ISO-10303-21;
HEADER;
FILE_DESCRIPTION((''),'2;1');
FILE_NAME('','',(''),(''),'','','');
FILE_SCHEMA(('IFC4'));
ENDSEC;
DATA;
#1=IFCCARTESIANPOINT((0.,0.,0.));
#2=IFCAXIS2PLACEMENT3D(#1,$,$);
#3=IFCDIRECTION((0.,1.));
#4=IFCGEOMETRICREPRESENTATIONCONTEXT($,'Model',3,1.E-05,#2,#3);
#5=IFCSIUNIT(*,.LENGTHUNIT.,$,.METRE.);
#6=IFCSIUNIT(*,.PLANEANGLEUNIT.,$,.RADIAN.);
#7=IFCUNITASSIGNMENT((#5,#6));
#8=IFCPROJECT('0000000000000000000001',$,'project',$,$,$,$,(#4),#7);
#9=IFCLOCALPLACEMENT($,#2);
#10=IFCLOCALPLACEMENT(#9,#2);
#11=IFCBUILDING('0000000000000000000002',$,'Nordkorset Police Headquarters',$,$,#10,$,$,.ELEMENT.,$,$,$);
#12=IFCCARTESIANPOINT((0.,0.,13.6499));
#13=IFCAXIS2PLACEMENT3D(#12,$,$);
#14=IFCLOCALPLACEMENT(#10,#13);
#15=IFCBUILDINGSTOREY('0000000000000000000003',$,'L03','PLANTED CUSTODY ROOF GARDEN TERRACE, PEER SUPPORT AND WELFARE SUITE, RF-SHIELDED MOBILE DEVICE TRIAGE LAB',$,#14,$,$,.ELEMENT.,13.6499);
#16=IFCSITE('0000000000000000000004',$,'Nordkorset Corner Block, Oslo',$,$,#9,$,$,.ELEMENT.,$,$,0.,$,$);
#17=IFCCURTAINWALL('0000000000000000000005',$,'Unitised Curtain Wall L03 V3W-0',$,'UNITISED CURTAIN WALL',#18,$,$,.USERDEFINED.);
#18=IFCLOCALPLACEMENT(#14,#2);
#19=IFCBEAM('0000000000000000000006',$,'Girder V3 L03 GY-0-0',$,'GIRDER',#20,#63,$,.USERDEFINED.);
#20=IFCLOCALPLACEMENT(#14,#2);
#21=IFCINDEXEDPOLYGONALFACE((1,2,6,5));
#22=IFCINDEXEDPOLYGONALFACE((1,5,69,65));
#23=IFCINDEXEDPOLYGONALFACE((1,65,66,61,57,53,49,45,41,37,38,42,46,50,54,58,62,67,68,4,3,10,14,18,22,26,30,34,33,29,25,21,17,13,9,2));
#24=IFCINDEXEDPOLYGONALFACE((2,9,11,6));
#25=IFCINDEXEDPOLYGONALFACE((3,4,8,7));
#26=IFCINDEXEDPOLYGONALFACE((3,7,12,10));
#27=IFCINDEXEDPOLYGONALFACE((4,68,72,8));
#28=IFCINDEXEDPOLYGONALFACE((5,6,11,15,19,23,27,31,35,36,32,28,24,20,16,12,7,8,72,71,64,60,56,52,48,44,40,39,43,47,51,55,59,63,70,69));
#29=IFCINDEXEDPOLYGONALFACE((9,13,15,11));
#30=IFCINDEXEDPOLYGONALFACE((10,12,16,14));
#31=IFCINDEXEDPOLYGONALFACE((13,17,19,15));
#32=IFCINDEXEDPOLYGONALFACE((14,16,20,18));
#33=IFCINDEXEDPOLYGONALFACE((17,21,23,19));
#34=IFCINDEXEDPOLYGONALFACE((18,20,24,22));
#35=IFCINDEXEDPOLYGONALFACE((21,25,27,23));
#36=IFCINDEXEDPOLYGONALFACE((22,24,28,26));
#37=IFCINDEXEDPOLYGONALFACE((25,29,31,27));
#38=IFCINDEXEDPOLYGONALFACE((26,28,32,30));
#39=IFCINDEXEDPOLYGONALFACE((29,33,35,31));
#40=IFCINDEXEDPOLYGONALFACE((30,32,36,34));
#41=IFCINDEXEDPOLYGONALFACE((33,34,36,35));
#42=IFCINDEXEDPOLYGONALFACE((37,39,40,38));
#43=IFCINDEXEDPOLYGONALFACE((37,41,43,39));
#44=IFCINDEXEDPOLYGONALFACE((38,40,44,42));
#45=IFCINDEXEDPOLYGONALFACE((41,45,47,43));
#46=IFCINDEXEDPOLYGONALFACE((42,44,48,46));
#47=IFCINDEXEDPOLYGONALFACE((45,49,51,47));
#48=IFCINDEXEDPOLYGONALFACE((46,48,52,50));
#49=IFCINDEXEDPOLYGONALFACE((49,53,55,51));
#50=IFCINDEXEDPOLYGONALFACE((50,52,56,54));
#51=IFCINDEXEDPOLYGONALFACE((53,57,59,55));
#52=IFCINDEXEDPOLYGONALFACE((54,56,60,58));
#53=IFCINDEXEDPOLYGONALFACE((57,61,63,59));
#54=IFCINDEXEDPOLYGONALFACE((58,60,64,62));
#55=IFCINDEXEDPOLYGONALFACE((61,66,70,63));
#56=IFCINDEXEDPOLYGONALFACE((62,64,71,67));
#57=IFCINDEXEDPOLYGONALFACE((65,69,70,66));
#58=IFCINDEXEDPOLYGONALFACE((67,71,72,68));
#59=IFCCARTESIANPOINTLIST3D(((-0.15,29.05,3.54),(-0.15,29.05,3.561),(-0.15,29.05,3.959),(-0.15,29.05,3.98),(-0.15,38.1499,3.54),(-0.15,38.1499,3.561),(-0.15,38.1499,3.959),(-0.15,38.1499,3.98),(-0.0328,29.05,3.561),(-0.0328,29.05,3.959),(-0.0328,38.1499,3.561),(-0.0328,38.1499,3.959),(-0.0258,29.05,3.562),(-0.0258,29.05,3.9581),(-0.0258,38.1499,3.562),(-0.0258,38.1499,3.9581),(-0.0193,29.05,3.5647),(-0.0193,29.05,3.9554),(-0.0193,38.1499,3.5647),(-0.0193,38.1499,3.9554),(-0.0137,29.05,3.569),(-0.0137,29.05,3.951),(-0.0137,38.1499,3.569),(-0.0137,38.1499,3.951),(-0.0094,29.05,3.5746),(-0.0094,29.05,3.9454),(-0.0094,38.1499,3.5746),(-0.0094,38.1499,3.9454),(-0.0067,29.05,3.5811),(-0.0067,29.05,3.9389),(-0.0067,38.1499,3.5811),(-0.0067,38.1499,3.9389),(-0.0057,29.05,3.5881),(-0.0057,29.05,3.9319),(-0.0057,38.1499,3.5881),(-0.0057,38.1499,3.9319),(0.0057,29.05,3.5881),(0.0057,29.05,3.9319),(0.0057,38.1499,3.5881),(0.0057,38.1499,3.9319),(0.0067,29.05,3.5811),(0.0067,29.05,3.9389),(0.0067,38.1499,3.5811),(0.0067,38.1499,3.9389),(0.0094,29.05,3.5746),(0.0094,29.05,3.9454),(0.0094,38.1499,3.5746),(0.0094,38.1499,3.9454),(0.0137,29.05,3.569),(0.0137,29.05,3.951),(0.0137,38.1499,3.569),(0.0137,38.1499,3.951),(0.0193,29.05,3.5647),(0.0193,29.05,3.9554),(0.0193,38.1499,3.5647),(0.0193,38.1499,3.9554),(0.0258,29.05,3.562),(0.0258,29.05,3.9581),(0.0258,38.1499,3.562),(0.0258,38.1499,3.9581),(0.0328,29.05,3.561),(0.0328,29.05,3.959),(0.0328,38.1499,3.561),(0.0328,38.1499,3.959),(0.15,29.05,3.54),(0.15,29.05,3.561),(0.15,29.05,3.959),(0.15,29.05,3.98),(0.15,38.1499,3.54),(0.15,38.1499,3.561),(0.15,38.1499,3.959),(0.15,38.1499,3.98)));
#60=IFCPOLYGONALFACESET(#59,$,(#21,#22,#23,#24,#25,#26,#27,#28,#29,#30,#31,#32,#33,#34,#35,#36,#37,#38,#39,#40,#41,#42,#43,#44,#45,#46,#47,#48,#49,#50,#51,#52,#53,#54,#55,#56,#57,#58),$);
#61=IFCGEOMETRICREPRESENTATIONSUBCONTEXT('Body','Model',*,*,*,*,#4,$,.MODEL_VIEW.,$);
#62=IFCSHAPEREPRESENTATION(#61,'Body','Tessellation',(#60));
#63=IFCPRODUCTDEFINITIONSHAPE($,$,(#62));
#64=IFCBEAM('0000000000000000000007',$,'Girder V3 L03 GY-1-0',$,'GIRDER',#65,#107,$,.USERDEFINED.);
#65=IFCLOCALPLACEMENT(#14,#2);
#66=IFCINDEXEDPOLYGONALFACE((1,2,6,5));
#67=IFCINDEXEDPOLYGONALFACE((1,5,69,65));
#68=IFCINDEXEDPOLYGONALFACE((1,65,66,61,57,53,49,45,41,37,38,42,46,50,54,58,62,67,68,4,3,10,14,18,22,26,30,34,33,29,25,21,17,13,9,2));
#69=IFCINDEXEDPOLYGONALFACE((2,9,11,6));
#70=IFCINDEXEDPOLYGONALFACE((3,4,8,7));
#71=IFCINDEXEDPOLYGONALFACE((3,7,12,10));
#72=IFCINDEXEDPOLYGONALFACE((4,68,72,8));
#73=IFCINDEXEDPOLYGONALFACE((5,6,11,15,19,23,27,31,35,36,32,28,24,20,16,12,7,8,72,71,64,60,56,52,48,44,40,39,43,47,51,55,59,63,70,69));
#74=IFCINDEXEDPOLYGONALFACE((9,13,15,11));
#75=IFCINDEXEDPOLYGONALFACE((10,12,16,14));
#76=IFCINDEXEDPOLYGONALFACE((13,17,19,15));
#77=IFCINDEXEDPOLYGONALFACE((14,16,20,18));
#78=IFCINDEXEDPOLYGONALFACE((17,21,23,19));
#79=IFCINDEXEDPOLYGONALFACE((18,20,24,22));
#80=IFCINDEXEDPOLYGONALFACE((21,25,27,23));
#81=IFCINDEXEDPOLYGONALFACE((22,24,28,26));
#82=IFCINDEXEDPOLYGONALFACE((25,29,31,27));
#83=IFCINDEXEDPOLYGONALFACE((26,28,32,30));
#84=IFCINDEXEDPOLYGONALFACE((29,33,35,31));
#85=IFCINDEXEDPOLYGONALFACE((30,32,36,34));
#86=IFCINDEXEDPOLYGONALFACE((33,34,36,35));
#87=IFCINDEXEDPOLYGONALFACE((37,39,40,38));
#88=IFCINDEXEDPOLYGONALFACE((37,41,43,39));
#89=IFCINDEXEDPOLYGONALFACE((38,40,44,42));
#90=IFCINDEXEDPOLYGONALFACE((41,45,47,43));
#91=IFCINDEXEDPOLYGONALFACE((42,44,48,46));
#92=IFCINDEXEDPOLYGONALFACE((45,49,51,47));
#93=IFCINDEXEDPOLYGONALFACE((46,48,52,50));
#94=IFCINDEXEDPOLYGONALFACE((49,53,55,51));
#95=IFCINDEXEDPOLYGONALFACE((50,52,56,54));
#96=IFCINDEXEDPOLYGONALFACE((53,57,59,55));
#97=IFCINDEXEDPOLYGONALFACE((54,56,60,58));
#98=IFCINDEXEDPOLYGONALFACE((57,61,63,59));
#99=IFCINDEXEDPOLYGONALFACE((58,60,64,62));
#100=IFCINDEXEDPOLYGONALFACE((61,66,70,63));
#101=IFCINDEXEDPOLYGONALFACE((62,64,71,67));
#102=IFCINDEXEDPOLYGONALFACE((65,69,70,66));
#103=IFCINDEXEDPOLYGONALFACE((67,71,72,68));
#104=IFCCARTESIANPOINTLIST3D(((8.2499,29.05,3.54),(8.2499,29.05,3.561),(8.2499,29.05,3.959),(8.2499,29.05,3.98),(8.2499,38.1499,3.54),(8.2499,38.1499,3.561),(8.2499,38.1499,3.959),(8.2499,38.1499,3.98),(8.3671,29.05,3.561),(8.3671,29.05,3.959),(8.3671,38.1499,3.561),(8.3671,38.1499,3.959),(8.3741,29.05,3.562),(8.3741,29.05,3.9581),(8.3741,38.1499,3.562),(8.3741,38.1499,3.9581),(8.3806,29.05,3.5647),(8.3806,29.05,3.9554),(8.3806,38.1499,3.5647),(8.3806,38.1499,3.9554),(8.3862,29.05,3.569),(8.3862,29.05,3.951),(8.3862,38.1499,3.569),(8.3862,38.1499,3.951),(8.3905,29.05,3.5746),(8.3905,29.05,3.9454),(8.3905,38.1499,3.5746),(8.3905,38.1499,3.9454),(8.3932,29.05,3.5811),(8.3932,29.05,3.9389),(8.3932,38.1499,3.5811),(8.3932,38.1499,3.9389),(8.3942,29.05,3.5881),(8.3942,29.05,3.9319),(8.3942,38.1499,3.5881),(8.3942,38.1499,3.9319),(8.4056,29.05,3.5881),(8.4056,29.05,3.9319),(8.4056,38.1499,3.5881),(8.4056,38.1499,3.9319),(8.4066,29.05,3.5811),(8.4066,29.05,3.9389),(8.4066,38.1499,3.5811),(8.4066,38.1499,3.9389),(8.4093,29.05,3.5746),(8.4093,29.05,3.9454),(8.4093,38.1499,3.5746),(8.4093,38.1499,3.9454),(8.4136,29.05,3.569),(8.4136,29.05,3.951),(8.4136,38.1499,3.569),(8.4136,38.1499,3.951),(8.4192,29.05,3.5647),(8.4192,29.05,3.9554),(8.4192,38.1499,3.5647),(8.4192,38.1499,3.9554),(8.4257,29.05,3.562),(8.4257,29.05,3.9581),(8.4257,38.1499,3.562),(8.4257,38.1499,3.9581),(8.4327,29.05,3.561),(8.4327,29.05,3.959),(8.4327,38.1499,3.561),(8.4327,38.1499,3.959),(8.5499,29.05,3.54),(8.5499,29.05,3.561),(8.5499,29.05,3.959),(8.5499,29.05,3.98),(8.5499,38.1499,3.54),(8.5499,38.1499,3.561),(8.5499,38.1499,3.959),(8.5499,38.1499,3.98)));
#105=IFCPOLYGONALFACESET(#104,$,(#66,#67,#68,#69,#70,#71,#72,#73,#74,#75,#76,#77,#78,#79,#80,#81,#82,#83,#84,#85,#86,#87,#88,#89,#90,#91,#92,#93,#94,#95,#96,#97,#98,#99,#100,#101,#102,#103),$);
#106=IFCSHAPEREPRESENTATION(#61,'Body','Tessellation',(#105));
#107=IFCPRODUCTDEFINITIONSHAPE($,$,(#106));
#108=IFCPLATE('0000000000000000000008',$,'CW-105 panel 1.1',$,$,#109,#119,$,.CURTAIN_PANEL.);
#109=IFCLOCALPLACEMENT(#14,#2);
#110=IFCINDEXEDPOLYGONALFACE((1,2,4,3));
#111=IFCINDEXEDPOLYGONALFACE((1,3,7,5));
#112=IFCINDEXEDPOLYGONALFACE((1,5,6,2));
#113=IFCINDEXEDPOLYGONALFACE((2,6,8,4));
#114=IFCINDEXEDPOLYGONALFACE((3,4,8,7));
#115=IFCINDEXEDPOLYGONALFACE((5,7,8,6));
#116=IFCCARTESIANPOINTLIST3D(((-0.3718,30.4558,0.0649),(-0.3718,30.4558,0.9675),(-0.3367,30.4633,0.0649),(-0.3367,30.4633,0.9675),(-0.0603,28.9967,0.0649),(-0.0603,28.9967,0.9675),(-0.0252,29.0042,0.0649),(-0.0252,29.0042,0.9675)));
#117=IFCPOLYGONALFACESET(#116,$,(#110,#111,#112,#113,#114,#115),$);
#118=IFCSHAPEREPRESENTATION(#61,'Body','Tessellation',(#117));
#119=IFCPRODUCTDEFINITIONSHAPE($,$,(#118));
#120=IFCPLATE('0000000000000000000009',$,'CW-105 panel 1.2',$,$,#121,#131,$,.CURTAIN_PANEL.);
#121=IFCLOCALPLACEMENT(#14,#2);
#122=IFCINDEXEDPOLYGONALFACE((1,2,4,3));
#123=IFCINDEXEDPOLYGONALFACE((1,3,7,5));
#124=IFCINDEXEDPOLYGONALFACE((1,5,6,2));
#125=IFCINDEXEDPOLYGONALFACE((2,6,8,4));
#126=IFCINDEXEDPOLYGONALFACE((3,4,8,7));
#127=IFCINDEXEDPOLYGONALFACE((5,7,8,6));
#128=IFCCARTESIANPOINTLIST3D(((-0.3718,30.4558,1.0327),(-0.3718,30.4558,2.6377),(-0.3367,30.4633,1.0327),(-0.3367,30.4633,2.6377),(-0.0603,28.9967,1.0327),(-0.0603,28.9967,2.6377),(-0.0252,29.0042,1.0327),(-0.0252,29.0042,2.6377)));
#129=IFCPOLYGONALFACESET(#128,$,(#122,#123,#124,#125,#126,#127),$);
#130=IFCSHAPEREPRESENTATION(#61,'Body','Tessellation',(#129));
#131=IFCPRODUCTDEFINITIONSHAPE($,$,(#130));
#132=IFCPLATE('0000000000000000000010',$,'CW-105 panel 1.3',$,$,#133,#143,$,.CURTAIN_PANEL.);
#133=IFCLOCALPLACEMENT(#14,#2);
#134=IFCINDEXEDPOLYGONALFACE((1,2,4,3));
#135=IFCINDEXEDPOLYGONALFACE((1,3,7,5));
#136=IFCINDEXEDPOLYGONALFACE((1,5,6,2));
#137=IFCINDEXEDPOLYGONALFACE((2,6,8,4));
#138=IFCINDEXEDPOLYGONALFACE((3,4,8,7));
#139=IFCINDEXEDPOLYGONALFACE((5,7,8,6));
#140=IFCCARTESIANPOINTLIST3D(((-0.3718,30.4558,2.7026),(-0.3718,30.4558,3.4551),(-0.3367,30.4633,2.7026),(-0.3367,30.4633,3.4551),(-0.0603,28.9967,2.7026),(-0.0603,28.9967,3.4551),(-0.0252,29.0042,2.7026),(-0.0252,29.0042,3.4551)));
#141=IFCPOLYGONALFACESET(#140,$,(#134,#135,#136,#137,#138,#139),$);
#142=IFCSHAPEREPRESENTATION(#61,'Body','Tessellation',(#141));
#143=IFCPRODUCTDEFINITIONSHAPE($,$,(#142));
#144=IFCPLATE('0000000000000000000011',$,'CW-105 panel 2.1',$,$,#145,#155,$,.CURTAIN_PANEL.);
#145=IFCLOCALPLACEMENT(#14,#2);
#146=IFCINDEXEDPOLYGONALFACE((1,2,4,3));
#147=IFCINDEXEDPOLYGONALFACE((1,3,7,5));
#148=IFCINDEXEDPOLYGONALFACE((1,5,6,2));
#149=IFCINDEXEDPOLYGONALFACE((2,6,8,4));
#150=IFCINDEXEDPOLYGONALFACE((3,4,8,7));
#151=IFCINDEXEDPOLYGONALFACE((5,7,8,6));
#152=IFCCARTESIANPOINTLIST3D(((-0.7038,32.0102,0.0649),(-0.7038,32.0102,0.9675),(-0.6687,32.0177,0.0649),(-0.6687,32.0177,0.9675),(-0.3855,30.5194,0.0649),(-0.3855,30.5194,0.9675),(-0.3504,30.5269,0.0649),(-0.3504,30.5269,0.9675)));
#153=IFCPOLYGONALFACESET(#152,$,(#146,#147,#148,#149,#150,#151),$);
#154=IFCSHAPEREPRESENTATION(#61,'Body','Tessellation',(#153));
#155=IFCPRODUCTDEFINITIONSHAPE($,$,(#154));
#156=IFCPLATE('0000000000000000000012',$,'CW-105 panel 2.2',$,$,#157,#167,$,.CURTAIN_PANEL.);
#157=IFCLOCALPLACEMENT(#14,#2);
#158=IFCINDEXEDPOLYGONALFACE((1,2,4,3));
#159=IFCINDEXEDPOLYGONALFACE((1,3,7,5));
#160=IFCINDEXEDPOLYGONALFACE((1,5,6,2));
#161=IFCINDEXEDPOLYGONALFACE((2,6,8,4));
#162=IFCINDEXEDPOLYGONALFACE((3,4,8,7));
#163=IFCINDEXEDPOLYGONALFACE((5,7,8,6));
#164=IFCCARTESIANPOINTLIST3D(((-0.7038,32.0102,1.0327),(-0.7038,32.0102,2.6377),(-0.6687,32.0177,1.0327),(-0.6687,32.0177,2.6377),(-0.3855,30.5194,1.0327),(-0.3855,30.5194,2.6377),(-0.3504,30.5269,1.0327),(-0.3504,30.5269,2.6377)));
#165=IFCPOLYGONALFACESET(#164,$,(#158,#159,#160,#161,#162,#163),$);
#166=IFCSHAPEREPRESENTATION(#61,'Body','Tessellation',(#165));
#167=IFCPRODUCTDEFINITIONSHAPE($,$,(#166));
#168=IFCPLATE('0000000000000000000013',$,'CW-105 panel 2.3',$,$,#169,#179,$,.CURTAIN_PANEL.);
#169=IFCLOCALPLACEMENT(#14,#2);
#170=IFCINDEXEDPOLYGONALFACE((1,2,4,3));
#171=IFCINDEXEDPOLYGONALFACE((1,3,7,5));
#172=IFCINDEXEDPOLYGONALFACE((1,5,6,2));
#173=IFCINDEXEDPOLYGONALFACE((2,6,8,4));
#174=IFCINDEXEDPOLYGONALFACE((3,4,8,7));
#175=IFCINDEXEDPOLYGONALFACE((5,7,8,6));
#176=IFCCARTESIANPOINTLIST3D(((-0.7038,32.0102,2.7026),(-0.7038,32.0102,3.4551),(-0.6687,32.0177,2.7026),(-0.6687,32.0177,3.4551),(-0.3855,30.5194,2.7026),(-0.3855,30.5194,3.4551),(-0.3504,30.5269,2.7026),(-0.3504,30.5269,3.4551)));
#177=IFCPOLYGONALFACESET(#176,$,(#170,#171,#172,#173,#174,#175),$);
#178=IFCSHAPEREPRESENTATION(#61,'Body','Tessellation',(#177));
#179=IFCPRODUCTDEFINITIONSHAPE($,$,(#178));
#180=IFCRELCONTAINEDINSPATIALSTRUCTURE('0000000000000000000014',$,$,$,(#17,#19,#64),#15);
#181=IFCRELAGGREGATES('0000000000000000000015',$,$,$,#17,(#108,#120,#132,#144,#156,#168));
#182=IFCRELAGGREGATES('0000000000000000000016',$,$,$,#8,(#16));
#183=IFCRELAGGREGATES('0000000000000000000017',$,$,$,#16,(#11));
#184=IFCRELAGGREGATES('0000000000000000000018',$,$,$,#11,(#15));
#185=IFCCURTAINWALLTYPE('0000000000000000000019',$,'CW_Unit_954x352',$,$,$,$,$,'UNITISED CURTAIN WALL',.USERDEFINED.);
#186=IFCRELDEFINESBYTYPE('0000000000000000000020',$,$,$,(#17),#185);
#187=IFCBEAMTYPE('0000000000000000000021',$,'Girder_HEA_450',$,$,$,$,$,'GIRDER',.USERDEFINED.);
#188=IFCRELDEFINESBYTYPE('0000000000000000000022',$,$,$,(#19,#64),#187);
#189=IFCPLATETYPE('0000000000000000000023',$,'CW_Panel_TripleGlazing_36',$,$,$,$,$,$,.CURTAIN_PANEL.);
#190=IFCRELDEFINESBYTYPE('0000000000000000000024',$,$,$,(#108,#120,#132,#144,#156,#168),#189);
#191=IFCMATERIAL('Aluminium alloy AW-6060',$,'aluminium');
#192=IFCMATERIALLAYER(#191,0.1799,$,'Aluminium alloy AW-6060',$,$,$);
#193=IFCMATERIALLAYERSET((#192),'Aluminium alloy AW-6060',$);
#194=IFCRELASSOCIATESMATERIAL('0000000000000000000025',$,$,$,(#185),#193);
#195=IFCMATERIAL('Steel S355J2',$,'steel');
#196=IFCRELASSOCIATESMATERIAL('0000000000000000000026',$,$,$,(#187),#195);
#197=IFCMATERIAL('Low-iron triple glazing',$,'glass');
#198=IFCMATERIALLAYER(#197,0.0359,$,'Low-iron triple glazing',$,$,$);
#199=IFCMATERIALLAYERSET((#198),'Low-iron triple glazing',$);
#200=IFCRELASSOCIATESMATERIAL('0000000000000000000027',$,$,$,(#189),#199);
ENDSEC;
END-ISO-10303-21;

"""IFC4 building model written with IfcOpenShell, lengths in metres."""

from ifc_helpers import new_model, si_unit, direction, frame, origin, origin_2d, place, context, subcontext, project, spatial, rectangle, i_section, extrude, material, layer, layer_set, material_profile, profile_set, type_object, element, aggregate, save


model = new_model("IFC4")

# Units and contexts
model_context = context("Model", 3, precision=1e-05, world=origin(), true_north=direction((0.0, 1.0)))
body_context = subcontext(model_context, "Body", "Model", "MODEL_VIEW")
ifc_project = project(units=[si_unit("LENGTHUNIT", "METRE"), si_unit("PLANEANGLEUNIT", "RADIAN")], contexts=[model_context])

# Site, building, storey
site_placement = place(None, origin())
site = spatial("IfcSite", under=ifc_project, at=site_placement, Name="Nordkorset Corner Block, Oslo", CompositionType="ELEMENT", RefElevation=0.0)
building_placement = place(site_placement, origin())
building = spatial("IfcBuilding", under=site, at=building_placement, Name="Nordkorset Police Headquarters", CompositionType="ELEMENT")
storey_placement = place(building_placement, frame((0.0, 0.0, 13.6499)))
storey = spatial("IfcBuildingStorey", under=building, at=storey_placement, Name="L03", Description="PLANTED CUSTODY ROOF GARDEN TERRACE, PEER SUPPORT AND WELFARE SUITE, RF-SHIELDED MOBILE DEVICE TRIAGE LAB", CompositionType="ELEMENT", Elevation=13.6499)

# Curtain wall
ifc_material_1 = material(Name="Aluminium alloy AW-6060", Category="aluminium")
ifc_layer_1 = layer(ifc_material_1, 0.1799, Name="Aluminium alloy AW-6060")
ifc_layer_set_1 = layer_set([ifc_layer_1], Name="Aluminium alloy AW-6060")
curtain_wall_type = type_object("IfcCurtainWallType", Name="CW_Unit_954x352", ElementType="UNITISED CURTAIN WALL", PredefinedType="USERDEFINED", material=ifc_layer_set_1)
curtain_wall_placement = place(storey_placement, origin())
curtain_wall = element("IfcCurtainWall", 1, at=curtain_wall_placement, inside=storey, type_object=curtain_wall_type, Name="Unitised Curtain Wall L03 V3W-0", ObjectType="UNITISED CURTAIN WALL", PredefinedType="USERDEFINED")

# Beams
ifc_material_2 = material(Name="Steel S355J2", Category="steel")
ifc_material_profile_1 = material_profile(ifc_material_2, i_section(OverallWidth=0.3, OverallDepth=0.4399, WebThickness=0.0115, FlangeThickness=0.021, FilletRadius=0.0271, at=origin_2d()), Name="HEA 450")
ifc_profile_set_1 = profile_set([ifc_material_profile_1], Name="Steel S355J2")
beam_type = type_object("IfcBeamType", Name="Girder_HEA_450", ElementType="GIRDER", PredefinedType="USERDEFINED", material=ifc_profile_set_1)
for number, where, z_axis, x_axis, name in (
    (2, (0.0, 29.05, 3.76), (0.0, 1.0, 0.0), (-1.0, 0.0, 0.0), "Girder V3 L03 GY-0-0"),
    (3, (8.3999, 29.05, 3.76), (0.0, 1.0, 0.0), (-1.0, 0.0, 0.0), "Girder V3 L03 GY-1-0"),
):
    element("IfcBeam", number, at=place(storey_placement, frame(where, z_axis=z_axis, x_axis=x_axis)), inside=storey, type_object=beam_type, Name=name, ObjectType="GIRDER", PredefinedType="USERDEFINED", context=body_context, shape_type="SweptSolid", body=[
        extrude(i_section(OverallWidth=0.3, OverallDepth=0.4399, WebThickness=0.0115, FlangeThickness=0.021, FilletRadius=0.0271, at=origin_2d()), origin(), (0.0, 0.0, 1.0), 9.0999),
    ])

# Plates
ifc_material_3 = material(Name="Low-iron triple glazing", Category="glass")
ifc_layer_2 = layer(ifc_material_3, 0.0359, Name="Low-iron triple glazing")
ifc_layer_set_2 = layer_set([ifc_layer_2], Name="Low-iron triple glazing")
plate_type = type_object("IfcPlateType", Name="CW_Panel_TripleGlazing_36", PredefinedType="CURTAIN_PANEL", material=ifc_layer_set_2)
plate_1_placement = place(storey_placement, frame((-0.1985, 29.73, 0.0649), z_axis=(0.0, 0.0, 1.0), x_axis=(-0.208833, 0.977951, 0.0)))
plate_1 = element("IfcPlate", 4, at=plate_1_placement, type_object=plate_type, Name="CW-105 panel 1.1", PredefinedType="CURTAIN_PANEL", context=body_context, shape_type="SweptSolid", body=[
    extrude(rectangle(XDim=1.4919, YDim=0.0359, at=origin_2d()), origin(), (0.0, 0.0, 1.0), 0.9026),
])
plate_2_placement = place(storey_placement, frame((-0.1985, 29.73, 1.0327), z_axis=(0.0, 0.0, 1.0), x_axis=(-0.208833, 0.977951, 0.0)))
plate_2 = element("IfcPlate", 5, at=plate_2_placement, type_object=plate_type, Name="CW-105 panel 1.2", PredefinedType="CURTAIN_PANEL", context=body_context, shape_type="SweptSolid", body=[
    extrude(rectangle(XDim=1.4919, YDim=0.0359, at=origin_2d()), origin(), (0.0, 0.0, 1.0), 1.605),
])
plate_3_placement = place(storey_placement, frame((-0.1985, 29.73, 2.7026), z_axis=(0.0, 0.0, 1.0), x_axis=(-0.208833, 0.977951, 0.0)))
plate_3 = element("IfcPlate", 6, at=plate_3_placement, type_object=plate_type, Name="CW-105 panel 1.3", PredefinedType="CURTAIN_PANEL", context=body_context, shape_type="SweptSolid", body=[
    extrude(rectangle(XDim=1.4919, YDim=0.0359, at=origin_2d()), origin(), (0.0, 0.0, 1.0), 0.7524),
])
plate_4_placement = place(storey_placement, frame((-0.5271, 31.2686, 0.0649), z_axis=(0.0, 0.0, 1.0), x_axis=(-0.208833, 0.977951, 0.0)))
plate_4 = element("IfcPlate", 7, at=plate_4_placement, type_object=plate_type, Name="CW-105 panel 2.1", PredefinedType="CURTAIN_PANEL", context=body_context, shape_type="SweptSolid", body=[
    extrude(rectangle(XDim=1.5244, YDim=0.0359, at=origin_2d()), origin(), (0.0, 0.0, 1.0), 0.9026),
])
plate_5_placement = place(storey_placement, frame((-0.5271, 31.2686, 1.0327), z_axis=(0.0, 0.0, 1.0), x_axis=(-0.208833, 0.977951, 0.0)))
plate_5 = element("IfcPlate", 8, at=plate_5_placement, type_object=plate_type, Name="CW-105 panel 2.2", PredefinedType="CURTAIN_PANEL", context=body_context, shape_type="SweptSolid", body=[
    extrude(rectangle(XDim=1.5244, YDim=0.0359, at=origin_2d()), origin(), (0.0, 0.0, 1.0), 1.605),
])
plate_6_placement = place(storey_placement, frame((-0.5271, 31.2686, 2.7026), z_axis=(0.0, 0.0, 1.0), x_axis=(-0.208833, 0.977951, 0.0)))
plate_6 = element("IfcPlate", 9, at=plate_6_placement, type_object=plate_type, Name="CW-105 panel 2.3", PredefinedType="CURTAIN_PANEL", context=body_context, shape_type="SweptSolid", body=[
    extrude(rectangle(XDim=1.5244, YDim=0.0359, at=origin_2d()), origin(), (0.0, 0.0, 1.0), 0.7524),
])
aggregate(curtain_wall, [plate_1, plate_2, plate_3, plate_4, plate_5, plate_6])

save(model, "model.ifc")
